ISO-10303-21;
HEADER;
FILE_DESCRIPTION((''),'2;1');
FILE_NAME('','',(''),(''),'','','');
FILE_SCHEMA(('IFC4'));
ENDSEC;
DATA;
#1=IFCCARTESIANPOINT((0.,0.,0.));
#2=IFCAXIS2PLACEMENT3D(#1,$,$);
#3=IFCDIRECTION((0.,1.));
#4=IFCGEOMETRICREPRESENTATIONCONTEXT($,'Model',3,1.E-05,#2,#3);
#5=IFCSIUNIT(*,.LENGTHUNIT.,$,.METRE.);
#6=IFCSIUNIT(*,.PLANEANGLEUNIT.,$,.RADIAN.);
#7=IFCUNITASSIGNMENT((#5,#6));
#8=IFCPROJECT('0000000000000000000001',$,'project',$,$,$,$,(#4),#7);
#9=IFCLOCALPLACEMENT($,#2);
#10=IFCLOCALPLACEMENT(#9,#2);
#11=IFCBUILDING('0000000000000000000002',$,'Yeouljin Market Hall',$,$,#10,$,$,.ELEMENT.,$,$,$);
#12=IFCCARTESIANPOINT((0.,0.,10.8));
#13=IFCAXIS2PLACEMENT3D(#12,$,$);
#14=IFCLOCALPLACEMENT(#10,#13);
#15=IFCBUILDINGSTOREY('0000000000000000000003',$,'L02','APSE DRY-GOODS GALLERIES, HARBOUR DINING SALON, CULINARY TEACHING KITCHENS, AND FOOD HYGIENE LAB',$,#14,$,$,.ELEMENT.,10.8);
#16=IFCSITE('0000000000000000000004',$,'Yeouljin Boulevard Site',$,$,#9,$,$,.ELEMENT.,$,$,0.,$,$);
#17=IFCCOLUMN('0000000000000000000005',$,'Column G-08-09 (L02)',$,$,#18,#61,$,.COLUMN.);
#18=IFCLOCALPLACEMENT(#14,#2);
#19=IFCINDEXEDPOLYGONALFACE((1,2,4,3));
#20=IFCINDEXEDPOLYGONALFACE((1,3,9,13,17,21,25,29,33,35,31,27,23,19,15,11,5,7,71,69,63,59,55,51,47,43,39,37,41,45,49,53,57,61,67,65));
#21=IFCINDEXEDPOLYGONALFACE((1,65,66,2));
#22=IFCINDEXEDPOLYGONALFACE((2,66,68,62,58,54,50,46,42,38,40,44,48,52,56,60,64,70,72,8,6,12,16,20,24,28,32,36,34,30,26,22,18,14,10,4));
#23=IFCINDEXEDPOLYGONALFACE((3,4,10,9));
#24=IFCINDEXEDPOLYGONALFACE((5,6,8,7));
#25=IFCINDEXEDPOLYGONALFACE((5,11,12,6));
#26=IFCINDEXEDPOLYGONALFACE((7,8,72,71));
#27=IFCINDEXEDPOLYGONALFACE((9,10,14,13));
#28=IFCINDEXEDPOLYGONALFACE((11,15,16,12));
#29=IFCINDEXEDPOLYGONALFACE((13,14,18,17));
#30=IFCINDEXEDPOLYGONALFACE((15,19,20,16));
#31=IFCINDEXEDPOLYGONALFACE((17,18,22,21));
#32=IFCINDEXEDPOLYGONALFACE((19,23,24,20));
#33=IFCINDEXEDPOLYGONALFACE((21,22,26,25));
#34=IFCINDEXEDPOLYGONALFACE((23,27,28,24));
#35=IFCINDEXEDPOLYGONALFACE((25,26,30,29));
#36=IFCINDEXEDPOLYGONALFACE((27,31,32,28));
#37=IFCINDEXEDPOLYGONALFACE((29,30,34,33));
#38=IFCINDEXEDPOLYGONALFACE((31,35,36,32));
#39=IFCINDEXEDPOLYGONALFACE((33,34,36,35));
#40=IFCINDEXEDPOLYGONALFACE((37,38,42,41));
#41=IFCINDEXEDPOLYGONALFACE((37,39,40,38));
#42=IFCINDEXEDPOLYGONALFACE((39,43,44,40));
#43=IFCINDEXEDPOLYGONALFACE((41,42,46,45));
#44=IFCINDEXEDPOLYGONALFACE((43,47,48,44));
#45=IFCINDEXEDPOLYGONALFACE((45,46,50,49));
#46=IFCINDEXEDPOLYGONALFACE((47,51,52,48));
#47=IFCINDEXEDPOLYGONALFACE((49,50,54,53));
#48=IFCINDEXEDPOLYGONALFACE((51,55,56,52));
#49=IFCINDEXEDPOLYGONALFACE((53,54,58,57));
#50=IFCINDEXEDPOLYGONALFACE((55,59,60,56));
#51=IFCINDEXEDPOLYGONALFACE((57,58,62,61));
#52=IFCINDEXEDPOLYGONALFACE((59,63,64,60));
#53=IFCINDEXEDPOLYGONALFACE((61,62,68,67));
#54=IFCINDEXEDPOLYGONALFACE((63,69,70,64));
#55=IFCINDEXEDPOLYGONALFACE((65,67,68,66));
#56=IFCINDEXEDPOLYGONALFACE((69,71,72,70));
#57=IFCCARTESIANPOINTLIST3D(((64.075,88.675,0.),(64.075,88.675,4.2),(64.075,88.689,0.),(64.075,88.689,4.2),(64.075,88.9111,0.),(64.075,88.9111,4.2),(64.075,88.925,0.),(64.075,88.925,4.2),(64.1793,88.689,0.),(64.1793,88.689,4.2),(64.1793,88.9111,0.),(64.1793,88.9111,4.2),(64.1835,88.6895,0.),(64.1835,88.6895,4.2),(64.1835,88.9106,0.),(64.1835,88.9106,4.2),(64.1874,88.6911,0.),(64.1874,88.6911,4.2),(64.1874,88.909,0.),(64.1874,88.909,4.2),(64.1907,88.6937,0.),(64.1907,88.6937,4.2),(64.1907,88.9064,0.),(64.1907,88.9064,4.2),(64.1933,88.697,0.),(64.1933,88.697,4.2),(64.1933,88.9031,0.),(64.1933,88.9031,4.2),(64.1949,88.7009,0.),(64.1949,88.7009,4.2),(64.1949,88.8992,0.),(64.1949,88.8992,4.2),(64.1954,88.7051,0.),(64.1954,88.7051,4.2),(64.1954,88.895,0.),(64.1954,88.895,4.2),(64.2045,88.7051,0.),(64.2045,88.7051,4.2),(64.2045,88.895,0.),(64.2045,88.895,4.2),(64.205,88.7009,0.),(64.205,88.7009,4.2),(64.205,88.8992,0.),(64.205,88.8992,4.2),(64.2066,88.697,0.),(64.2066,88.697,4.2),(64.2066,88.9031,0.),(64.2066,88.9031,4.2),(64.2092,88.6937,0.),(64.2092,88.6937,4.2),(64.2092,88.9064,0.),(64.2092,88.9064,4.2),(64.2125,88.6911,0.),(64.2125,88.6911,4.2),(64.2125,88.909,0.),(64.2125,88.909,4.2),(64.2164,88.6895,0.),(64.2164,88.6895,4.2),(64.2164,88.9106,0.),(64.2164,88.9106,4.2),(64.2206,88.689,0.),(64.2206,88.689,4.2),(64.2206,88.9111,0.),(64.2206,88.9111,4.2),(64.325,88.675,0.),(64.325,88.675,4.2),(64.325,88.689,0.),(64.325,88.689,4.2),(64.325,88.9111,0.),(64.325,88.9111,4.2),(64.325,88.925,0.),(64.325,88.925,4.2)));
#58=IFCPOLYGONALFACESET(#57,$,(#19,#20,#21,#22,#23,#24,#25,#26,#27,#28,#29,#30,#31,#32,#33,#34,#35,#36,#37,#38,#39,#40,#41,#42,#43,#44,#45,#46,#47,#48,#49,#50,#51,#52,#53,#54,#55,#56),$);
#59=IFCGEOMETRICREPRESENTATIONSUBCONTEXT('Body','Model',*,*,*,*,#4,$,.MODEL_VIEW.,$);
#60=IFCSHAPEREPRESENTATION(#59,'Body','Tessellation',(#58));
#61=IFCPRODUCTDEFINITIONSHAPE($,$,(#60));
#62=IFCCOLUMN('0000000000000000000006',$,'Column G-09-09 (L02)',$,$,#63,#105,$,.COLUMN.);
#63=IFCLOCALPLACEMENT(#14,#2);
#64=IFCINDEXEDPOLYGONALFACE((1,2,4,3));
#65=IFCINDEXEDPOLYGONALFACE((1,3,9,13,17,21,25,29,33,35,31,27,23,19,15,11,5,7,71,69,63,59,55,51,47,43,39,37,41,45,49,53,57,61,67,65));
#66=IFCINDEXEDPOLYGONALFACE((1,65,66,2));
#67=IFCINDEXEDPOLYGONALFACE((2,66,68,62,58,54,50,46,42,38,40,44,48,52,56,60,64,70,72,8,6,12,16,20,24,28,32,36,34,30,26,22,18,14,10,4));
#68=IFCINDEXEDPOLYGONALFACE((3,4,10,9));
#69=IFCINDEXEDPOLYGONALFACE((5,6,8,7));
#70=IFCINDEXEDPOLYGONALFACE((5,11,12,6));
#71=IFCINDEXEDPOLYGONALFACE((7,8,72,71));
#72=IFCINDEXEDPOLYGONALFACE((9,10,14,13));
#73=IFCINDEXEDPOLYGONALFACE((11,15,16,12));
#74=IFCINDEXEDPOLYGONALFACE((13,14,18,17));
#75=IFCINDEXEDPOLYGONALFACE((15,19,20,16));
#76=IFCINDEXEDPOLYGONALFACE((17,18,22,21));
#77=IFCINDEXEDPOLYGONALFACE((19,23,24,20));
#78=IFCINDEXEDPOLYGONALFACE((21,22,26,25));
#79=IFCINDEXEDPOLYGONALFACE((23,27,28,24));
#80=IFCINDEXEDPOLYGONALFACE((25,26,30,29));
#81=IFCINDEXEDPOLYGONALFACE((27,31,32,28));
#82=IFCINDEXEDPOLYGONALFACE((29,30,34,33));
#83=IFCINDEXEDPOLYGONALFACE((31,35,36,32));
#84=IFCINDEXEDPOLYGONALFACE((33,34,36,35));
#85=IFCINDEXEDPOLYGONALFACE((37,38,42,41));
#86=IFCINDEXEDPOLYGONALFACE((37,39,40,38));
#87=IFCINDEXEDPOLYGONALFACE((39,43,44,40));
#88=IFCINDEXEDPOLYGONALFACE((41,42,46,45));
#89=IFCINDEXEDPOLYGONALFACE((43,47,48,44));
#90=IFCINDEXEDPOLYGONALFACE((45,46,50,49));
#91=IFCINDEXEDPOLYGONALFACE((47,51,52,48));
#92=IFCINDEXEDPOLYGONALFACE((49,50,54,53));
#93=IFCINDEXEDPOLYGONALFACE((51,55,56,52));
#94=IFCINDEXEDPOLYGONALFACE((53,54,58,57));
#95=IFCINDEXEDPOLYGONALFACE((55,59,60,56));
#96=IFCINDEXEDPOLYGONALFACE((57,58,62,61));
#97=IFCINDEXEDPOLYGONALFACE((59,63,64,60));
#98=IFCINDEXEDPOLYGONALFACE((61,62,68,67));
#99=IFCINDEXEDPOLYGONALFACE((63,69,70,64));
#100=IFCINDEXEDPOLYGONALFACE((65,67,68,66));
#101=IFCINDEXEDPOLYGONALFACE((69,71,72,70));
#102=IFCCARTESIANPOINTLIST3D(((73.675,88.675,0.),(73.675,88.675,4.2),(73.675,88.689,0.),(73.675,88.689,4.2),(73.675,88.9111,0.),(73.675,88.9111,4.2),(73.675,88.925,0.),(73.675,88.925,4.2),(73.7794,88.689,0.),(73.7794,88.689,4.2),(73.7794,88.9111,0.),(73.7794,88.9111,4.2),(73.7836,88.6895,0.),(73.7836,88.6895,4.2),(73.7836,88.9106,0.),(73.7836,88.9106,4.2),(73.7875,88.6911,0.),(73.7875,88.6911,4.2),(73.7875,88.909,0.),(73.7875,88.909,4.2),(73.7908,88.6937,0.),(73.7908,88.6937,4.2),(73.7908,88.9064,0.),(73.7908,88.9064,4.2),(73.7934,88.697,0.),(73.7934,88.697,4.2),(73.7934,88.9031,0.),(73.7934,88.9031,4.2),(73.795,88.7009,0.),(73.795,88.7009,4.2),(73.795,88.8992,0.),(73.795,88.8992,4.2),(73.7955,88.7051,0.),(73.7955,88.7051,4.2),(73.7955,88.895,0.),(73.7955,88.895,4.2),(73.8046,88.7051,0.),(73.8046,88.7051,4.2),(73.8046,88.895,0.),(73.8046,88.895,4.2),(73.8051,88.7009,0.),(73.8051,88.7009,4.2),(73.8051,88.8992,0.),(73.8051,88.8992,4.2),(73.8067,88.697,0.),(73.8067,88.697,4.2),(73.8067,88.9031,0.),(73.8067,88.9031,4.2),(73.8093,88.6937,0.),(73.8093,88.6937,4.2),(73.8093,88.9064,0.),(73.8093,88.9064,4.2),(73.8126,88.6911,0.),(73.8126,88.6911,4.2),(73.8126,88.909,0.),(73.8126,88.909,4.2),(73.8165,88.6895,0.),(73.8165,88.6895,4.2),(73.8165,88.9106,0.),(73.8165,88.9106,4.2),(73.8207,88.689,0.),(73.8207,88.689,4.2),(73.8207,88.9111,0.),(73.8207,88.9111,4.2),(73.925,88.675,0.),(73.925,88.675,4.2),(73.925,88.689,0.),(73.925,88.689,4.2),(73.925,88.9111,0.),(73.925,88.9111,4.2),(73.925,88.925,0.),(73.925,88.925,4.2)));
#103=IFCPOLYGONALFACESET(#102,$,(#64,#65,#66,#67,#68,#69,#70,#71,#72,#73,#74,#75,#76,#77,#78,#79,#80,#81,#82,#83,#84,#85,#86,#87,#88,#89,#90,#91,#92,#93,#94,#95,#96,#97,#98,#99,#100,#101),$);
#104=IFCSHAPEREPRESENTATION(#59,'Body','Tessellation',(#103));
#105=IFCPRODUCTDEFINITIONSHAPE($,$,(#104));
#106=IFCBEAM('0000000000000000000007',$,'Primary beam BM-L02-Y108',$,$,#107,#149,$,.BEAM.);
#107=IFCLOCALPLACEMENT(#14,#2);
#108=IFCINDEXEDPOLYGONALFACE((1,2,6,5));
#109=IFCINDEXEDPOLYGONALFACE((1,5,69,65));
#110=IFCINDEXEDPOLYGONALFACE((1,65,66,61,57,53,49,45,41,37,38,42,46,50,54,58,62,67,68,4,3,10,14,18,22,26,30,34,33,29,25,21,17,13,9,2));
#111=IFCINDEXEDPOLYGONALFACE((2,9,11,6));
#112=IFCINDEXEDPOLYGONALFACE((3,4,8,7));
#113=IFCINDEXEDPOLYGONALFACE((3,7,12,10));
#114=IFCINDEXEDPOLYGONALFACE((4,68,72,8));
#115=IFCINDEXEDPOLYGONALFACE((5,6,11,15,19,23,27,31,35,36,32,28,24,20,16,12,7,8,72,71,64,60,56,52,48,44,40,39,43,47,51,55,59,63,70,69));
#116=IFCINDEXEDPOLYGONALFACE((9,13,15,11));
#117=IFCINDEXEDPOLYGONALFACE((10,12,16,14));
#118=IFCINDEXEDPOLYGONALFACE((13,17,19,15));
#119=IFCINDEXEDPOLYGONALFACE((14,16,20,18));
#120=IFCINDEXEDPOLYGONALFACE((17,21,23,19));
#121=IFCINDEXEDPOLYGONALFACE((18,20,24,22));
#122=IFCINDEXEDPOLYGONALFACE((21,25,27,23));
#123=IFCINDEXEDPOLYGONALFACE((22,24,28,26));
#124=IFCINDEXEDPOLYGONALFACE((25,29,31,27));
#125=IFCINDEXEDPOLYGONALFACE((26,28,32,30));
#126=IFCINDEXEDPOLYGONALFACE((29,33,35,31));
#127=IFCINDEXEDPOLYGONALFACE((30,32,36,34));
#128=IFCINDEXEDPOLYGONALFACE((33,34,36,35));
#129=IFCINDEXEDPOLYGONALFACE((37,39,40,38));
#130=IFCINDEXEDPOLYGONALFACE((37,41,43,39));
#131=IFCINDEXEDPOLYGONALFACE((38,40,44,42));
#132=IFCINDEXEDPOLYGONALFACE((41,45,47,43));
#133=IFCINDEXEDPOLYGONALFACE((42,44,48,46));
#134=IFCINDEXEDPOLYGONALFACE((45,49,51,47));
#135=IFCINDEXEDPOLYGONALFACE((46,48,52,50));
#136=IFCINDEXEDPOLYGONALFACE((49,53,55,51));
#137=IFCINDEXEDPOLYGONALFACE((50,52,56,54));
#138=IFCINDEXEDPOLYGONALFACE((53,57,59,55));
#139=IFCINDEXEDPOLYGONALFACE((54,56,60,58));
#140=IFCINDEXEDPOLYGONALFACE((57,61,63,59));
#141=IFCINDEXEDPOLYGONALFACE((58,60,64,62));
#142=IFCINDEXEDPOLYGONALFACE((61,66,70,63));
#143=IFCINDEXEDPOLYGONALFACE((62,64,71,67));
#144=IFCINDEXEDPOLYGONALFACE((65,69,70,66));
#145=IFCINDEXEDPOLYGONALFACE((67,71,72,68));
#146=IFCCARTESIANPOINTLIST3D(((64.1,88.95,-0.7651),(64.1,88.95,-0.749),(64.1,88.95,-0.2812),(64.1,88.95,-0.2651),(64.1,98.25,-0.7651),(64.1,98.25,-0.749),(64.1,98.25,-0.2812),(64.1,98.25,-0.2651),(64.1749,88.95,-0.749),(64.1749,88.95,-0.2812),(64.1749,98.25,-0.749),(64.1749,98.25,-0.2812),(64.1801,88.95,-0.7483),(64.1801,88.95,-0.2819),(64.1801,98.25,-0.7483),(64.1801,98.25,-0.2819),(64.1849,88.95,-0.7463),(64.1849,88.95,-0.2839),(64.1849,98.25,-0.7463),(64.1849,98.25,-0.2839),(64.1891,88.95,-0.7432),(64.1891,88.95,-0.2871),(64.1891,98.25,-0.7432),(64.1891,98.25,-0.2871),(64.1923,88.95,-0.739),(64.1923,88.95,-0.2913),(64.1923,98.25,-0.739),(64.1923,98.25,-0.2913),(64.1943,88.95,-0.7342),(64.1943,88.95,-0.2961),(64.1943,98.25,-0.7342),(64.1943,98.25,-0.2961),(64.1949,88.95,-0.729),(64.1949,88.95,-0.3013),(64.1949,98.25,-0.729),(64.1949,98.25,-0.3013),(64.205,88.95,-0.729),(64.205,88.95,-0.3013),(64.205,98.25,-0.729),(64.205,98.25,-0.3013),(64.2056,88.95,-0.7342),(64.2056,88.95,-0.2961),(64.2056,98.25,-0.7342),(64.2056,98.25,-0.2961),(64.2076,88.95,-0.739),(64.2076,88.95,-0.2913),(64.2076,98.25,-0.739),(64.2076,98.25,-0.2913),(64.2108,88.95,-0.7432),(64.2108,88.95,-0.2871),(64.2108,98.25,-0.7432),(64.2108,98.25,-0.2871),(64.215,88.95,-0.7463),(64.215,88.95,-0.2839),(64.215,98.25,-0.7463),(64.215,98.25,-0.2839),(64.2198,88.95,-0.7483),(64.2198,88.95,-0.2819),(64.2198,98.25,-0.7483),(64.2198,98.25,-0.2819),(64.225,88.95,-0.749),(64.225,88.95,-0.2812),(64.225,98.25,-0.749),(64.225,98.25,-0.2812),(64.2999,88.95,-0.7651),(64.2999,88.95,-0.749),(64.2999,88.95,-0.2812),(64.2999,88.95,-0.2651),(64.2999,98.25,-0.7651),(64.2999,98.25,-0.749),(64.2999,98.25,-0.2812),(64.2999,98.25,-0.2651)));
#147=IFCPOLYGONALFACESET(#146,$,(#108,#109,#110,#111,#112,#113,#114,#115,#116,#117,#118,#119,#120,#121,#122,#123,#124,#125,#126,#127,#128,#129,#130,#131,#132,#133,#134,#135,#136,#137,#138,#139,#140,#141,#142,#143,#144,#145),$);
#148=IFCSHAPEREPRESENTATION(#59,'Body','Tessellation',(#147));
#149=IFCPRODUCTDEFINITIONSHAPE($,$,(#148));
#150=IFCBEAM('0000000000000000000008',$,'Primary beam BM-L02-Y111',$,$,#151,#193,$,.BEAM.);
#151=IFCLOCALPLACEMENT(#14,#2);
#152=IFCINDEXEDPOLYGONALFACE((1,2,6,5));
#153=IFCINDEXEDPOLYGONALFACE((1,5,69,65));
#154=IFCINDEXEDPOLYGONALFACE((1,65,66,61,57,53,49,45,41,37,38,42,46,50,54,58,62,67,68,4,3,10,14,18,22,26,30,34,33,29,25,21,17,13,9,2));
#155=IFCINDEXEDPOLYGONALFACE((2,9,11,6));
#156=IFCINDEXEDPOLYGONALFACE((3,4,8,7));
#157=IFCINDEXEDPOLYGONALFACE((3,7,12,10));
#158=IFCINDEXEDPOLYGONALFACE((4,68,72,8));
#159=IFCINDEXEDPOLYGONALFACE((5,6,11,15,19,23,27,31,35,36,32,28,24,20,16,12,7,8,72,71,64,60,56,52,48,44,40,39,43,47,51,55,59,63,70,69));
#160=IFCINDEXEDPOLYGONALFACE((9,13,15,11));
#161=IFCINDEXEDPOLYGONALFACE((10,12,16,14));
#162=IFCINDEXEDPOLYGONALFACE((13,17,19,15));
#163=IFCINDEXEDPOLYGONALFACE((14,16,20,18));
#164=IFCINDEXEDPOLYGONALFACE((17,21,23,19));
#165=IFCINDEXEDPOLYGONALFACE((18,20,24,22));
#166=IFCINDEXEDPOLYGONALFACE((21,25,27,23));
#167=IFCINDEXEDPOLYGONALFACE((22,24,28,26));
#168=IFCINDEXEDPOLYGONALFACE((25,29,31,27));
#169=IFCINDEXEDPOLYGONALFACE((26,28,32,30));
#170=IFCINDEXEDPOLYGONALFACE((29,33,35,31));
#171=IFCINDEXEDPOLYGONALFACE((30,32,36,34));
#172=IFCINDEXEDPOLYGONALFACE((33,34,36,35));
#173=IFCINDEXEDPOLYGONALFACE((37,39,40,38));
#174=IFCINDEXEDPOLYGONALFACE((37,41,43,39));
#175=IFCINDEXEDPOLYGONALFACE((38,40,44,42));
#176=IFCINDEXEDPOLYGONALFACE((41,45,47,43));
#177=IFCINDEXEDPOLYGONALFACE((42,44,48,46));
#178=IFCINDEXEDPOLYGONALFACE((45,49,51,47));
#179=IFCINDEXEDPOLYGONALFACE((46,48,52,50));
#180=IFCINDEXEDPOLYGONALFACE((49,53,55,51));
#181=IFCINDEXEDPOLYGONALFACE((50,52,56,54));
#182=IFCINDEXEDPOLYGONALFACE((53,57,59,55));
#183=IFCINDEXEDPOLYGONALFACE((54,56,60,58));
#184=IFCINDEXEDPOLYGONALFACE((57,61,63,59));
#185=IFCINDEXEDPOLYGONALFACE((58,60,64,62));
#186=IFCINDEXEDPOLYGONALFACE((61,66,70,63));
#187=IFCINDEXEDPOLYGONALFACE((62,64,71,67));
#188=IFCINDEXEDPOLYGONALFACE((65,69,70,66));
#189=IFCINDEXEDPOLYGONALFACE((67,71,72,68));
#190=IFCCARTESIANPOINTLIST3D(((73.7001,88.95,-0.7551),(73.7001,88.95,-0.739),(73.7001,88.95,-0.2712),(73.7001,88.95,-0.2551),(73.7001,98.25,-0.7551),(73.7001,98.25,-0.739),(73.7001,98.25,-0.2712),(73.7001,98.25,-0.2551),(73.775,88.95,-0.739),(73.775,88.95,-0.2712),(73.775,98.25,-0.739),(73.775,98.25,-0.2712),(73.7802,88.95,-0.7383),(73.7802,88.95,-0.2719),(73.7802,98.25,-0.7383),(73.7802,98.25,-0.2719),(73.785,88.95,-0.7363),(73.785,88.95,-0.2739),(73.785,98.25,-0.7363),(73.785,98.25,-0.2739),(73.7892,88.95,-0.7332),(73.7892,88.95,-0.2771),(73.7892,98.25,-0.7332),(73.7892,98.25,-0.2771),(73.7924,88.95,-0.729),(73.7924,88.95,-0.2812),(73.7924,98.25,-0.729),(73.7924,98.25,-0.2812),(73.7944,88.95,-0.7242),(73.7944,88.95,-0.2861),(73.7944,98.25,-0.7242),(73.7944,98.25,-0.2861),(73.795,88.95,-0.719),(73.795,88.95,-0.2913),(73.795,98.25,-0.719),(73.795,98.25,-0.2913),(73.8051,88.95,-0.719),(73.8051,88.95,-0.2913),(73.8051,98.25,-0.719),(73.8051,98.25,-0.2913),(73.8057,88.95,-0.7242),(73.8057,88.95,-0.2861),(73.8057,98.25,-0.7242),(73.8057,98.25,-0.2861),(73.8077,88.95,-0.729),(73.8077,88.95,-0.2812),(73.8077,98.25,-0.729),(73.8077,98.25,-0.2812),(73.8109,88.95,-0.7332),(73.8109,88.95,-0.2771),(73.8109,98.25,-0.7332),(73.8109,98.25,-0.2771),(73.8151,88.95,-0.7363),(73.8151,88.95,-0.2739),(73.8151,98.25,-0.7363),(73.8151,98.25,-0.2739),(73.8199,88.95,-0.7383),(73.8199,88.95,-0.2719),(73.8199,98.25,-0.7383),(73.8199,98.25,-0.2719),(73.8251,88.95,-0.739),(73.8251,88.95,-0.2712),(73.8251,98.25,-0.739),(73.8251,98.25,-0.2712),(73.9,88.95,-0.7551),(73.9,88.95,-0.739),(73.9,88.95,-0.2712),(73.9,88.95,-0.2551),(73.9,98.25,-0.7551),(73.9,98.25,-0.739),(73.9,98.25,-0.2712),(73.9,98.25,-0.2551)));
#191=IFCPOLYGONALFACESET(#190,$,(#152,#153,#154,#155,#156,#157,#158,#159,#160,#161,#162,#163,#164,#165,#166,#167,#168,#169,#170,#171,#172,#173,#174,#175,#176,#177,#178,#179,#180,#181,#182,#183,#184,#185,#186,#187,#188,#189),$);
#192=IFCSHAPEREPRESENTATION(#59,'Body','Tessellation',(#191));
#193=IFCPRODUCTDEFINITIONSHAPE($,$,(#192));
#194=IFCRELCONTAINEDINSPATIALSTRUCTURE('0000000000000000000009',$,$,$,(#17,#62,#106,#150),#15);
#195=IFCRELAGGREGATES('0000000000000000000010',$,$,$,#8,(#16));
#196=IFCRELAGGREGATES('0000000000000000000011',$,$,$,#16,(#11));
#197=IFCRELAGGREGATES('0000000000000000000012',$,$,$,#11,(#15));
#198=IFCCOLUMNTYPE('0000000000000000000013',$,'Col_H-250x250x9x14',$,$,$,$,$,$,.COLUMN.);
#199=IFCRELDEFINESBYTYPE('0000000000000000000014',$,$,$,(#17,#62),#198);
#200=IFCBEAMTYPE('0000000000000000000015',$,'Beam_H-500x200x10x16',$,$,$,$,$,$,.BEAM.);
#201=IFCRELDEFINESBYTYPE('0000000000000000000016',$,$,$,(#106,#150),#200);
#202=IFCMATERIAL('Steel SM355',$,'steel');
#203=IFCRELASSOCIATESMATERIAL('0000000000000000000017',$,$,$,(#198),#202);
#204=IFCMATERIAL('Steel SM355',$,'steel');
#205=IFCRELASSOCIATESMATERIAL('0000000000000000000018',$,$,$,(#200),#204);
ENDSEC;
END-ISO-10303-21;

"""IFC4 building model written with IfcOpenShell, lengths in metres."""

from ifc_helpers import new_model, si_unit, direction, frame, origin, origin_2d, place, context, subcontext, project, spatial, i_section, extrude, material, material_profile, profile_set, type_object, element, save


model = new_model("IFC4")

# Units and contexts
model_context = context("Model", 3, precision=1e-05, world=origin(), true_north=direction((0.0, 1.0)))
body_context = subcontext(model_context, "Body", "Model", "MODEL_VIEW")
ifc_project = project(units=[si_unit("LENGTHUNIT", "METRE"), si_unit("PLANEANGLEUNIT", "RADIAN")], contexts=[model_context])

# Site, building, storey
site_placement = place(None, origin())
site = spatial("IfcSite", under=ifc_project, at=site_placement, Name="Yeouljin Boulevard Site", CompositionType="ELEMENT", RefElevation=0.0)
building_placement = place(site_placement, origin())
building = spatial("IfcBuilding", under=site, at=building_placement, Name="Yeouljin Market Hall", CompositionType="ELEMENT")
storey_placement = place(building_placement, frame((0.0, 0.0, 10.8)))
storey = spatial("IfcBuildingStorey", under=building, at=storey_placement, Name="L02", Description="APSE DRY-GOODS GALLERIES, HARBOUR DINING SALON, CULINARY TEACHING KITCHENS, AND FOOD HYGIENE LAB", CompositionType="ELEMENT", Elevation=10.8)

# Columns
ifc_material_1 = material(Name="Steel SM355", Category="steel")
ifc_material_profile_1 = material_profile(ifc_material_1, i_section(OverallWidth=0.25, OverallDepth=0.25, WebThickness=0.009, FlangeThickness=0.0139, FilletRadius=0.0161, at=origin_2d()), Name="H-250x250x9x14")
ifc_profile_set_1 = profile_set([ifc_material_profile_1], Name="Steel SM355")
column_type = type_object("IfcColumnType", Name="Col_H-250x250x9x14", PredefinedType="COLUMN", material=ifc_profile_set_1)
for number, where, z_axis, x_axis, name in (
    (1, (64.2, 88.8, 0.0), (0.0, 0.0, 1.0), (1.0, 0.0, 0.0), "Column G-08-09 (L02)"),
    (2, (73.8, 88.8, 0.0), (0.0, 0.0, 1.0), (1.0, 0.0, 0.0), "Column G-09-09 (L02)"),
):
    element("IfcColumn", number, at=place(storey_placement, frame(where, z_axis=z_axis, x_axis=x_axis)), inside=storey, type_object=column_type, Name=name, PredefinedType="COLUMN", context=body_context, shape_type="SweptSolid", body=[
        extrude(i_section(OverallWidth=0.25, OverallDepth=0.25, WebThickness=0.009, FlangeThickness=0.0139, FilletRadius=0.0161, at=origin_2d()), origin(), (0.0, 0.0, 1.0), 4.2),
    ])

# Beams
ifc_material_2 = material(Name="Steel SM355", Category="steel")
ifc_material_profile_2 = material_profile(ifc_material_2, i_section(OverallWidth=0.2, OverallDepth=0.5, WebThickness=0.01, FlangeThickness=0.0161, FilletRadius=0.02, at=origin_2d()), Name="H-500x200x10x16")
ifc_profile_set_2 = profile_set([ifc_material_profile_2], Name="Steel SM355")
beam_type_1 = type_object("IfcBeamType", Name="Beam_H-500x200x10x16", PredefinedType="BEAM", material=ifc_profile_set_2)
for number, where, z_axis, x_axis, name in (
    (3, (64.2, 88.95, -0.5151), (0.0, 1.0, 0.0), (-1.0, 0.0, 0.0), "Primary beam BM-L02-Y108"),
    (4, (73.8, 88.95, -0.5051), (0.0, 1.0, 0.0), (-1.0, 0.0, 0.0), "Primary beam BM-L02-Y111"),
):
    element("IfcBeam", number, at=place(storey_placement, frame(where, z_axis=z_axis, x_axis=x_axis)), inside=storey, type_object=beam_type_1, Name=name, PredefinedType="BEAM", context=body_context, shape_type="SweptSolid", body=[
        extrude(i_section(OverallWidth=0.2, OverallDepth=0.5, WebThickness=0.01, FlangeThickness=0.0161, FilletRadius=0.02, at=origin_2d()), origin(), (0.0, 0.0, 1.0), 9.3),
    ])

save(model, "model.ifc")
